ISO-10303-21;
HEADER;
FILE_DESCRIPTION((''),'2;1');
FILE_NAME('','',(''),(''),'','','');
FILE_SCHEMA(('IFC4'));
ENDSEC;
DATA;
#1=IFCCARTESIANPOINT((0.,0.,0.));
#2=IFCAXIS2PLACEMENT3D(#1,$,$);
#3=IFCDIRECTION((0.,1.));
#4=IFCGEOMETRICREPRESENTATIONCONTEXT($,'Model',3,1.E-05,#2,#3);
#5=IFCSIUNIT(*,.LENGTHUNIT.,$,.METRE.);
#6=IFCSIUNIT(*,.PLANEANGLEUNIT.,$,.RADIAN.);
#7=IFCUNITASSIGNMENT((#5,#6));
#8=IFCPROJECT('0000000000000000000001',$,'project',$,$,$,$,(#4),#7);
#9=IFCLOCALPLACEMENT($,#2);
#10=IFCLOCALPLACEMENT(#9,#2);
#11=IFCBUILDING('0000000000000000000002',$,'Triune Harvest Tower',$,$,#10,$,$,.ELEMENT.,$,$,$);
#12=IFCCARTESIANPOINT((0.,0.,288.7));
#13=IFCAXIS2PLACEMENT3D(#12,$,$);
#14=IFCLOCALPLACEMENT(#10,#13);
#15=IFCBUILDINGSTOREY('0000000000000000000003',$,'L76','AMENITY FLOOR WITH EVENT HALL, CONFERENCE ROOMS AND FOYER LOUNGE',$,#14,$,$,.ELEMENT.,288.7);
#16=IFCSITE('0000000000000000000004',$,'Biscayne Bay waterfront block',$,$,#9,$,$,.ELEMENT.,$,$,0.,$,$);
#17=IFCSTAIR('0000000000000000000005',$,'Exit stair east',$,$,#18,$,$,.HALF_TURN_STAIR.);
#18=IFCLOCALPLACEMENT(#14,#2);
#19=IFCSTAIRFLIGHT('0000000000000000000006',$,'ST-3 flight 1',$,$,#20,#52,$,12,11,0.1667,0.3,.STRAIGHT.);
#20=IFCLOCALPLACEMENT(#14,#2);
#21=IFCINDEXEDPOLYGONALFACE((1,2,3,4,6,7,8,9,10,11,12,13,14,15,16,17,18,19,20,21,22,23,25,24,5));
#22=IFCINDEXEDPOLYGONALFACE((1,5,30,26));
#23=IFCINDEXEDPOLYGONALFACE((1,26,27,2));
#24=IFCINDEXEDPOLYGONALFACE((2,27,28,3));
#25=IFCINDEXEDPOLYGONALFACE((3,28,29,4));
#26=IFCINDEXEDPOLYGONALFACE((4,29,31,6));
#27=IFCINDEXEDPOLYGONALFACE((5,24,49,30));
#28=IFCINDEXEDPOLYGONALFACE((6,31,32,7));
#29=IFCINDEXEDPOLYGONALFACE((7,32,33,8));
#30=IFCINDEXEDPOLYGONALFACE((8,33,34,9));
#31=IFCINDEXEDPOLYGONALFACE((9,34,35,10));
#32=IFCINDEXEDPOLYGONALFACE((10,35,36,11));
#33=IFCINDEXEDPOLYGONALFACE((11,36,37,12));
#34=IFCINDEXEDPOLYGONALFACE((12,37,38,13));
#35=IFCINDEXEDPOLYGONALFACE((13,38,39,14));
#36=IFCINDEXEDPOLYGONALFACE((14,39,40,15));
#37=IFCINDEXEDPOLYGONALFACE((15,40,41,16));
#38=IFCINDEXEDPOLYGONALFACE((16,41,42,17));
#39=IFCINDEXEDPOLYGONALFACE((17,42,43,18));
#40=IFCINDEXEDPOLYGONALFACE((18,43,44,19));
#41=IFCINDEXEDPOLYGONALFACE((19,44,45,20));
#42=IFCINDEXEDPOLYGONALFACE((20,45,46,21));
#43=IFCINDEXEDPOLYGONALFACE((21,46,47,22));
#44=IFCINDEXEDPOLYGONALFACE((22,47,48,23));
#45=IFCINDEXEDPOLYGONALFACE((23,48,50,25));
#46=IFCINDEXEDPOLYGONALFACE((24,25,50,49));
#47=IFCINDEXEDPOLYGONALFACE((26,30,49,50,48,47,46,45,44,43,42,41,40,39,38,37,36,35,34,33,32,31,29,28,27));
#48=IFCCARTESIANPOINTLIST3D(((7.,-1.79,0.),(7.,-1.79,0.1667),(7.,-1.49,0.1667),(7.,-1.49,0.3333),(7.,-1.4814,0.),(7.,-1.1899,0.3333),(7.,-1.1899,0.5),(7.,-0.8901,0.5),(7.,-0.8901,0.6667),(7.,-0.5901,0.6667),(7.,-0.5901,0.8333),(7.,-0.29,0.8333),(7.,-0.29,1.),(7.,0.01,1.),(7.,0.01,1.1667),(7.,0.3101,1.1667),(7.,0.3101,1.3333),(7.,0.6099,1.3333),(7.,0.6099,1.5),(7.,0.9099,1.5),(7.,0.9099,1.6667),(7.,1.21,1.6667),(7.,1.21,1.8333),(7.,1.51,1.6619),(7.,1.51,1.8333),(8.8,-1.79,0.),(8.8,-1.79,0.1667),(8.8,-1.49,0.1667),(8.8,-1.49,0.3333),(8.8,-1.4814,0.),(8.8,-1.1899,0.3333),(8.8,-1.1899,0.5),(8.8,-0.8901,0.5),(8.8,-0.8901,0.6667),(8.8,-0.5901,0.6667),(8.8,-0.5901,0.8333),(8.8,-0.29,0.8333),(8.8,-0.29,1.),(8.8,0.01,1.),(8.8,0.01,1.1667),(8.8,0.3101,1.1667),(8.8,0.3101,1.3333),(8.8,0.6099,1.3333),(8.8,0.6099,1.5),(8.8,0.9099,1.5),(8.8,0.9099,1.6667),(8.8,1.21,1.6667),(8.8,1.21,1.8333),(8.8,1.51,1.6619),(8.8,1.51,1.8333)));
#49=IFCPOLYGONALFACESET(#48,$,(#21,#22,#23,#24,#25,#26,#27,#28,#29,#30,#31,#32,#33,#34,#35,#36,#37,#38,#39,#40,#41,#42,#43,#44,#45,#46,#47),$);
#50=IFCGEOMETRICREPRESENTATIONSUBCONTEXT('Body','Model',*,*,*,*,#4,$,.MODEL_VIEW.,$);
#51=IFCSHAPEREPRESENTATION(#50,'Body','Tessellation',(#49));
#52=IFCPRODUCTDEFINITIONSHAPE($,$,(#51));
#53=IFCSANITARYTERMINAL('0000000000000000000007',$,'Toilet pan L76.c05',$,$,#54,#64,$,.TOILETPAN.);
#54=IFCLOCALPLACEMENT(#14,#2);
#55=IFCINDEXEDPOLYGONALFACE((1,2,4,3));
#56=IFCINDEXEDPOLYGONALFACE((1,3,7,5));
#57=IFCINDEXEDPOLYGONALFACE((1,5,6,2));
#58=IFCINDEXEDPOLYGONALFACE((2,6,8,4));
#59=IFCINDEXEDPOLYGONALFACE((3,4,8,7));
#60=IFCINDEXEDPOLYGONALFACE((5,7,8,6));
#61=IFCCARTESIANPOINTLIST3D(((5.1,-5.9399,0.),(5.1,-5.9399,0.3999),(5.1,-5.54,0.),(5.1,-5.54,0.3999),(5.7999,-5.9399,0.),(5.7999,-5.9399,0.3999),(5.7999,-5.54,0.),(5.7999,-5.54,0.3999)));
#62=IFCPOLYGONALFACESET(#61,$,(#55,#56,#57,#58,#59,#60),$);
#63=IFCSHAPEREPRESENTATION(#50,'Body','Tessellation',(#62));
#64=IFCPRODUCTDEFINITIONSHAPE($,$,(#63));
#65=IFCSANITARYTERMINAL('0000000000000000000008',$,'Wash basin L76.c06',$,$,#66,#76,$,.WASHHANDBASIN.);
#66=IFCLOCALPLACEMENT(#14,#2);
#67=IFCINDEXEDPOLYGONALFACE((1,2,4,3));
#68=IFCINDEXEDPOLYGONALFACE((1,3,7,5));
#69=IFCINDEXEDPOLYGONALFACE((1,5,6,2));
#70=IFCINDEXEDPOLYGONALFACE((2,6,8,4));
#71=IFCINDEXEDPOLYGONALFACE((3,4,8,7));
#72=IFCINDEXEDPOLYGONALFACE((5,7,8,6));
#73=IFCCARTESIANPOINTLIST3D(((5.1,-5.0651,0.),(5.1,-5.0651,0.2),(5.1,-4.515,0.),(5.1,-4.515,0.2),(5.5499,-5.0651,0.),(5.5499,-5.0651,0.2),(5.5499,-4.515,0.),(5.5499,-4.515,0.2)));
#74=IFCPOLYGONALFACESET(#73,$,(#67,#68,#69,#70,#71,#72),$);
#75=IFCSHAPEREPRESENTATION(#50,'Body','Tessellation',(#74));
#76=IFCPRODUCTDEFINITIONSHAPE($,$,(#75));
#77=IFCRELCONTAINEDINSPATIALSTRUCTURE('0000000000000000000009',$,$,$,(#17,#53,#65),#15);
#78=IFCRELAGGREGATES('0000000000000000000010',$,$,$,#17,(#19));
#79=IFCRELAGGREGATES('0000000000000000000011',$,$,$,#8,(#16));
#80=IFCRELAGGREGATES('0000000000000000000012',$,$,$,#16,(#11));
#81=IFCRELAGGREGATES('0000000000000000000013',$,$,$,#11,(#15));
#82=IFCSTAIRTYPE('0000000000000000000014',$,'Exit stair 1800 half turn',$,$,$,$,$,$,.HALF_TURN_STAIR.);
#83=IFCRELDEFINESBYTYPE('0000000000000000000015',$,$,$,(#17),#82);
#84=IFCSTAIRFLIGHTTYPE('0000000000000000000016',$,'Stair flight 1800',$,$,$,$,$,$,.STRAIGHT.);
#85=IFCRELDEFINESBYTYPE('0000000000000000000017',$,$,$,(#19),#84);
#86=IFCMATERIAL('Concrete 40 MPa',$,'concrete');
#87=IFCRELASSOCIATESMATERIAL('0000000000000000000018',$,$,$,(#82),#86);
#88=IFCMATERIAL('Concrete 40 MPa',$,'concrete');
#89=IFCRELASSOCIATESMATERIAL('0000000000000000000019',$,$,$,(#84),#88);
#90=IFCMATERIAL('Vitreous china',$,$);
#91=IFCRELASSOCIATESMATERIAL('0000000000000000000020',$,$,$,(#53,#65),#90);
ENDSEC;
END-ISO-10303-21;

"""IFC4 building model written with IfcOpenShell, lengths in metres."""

from ifc_helpers import new_model, si_unit, direction, frame, origin, origin_2d, place, context, subcontext, project, spatial, polyline, rectangle, outline, extrude, source, transform, mapped, material, type_object, element, aggregate, save


model = new_model("IFC4")

# Units and contexts
model_context = context("Model", 3, precision=1e-05, world=origin(), true_north=direction((0.0, 1.0)))
body_context = subcontext(model_context, "Body", "Model", "MODEL_VIEW")
ifc_project = project(units=[si_unit("LENGTHUNIT", "METRE"), si_unit("PLANEANGLEUNIT", "RADIAN")], contexts=[model_context])

# Site, building, storey
site_placement = place(None, origin())
site = spatial("IfcSite", under=ifc_project, at=site_placement, Name="Biscayne Bay waterfront block", CompositionType="ELEMENT", RefElevation=0.0)
building_placement = place(site_placement, origin())
building = spatial("IfcBuilding", under=site, at=building_placement, Name="Triune Harvest Tower", CompositionType="ELEMENT")
storey_placement = place(building_placement, frame((0.0, 0.0, 288.7)))
storey = spatial("IfcBuildingStorey", under=building, at=storey_placement, Name="L76", Description="AMENITY FLOOR WITH EVENT HALL, CONFERENCE ROOMS AND FOYER LOUNGE", CompositionType="ELEMENT", Elevation=288.7)

# Stair, stair flight
ifc_material_1 = material(Name="Concrete 40 MPa", Category="concrete")
stair_type = type_object("IfcStairType", Name="Exit stair 1800 half turn", PredefinedType="HALF_TURN_STAIR", material=ifc_material_1)
ifc_material_2 = material(Name="Concrete 40 MPa", Category="concrete")
stair_flight_type = type_object("IfcStairFlightType", Name="Stair flight 1800", PredefinedType="STRAIGHT", material=ifc_material_2)
shared_shape_1 = source(origin(), body_context, "Body", "SweptSolid", [
    extrude(outline(polyline([(0.0, 0.0), (0.0, 0.1667), (0.3, 0.1667), (0.3, 0.3333), (0.6001, 0.3333), (0.6001, 0.5), (0.8999, 0.5), (0.8999, 0.6667), (1.2, 0.6667), (1.2, 0.8333), (1.5, 0.8333), (1.5, 1.0), (1.8, 1.0), (1.8, 1.1667), (2.1001, 1.1667), (2.1001, 1.3333), (2.3999, 1.3333), (2.3999, 1.5), (2.7, 1.5), (2.7, 1.6667), (3.0, 1.6667), (3.0, 1.8333), (3.3, 1.8333), (3.3, 2.0), (3.3, 1.6619), (0.3086, 0.0), (0.0, 0.0)])), frame((0.0, 0.8999, 0.0), z_axis=(0.0, -1.0, 0.0), x_axis=(1.0, 0.0, 0.0)), (0.0, 0.0, 1.0), 1.8),
])
stair_1_placement = place(storey_placement, origin())
stair_1 = element("IfcStair", 1, at=stair_1_placement, inside=storey, type_object=stair_type, Name="Exit stair east", PredefinedType="HALF_TURN_STAIR")
stair_flight_1_placement = place(storey_placement, frame((7.8999, -1.79, 0.0), z_axis=(0.0, 0.0, 1.0), x_axis=(0.0, 1.0, 0.0)))
stair_flight_1 = element("IfcStairFlight", 2, at=stair_flight_1_placement, type_object=stair_flight_type, Name="ST-3 flight 1", NumberOfRisers=12, NumberOfTreads=11, PredefinedType="STRAIGHT", RiserHeight=0.1667, TreadLength=0.3, context=body_context, shape_type="MappedRepresentation", body=[
    mapped(shared_shape_1, transform((0.0, 0.0, 0.0), scale=1.0)),
])
aggregate(stair_1, [stair_flight_1])

# Sanitary terminals
ifc_material_3 = material(Name="Vitreous china")
shared_shape_2 = source(origin(), body_context, "Body", "SweptSolid", [
    extrude(rectangle(XDim=0.3999, YDim=0.7, at=origin_2d()), origin(), (0.0, 0.0, 1.0), 0.3999),
])
sanitary_terminal_1_placement = place(storey_placement, frame((5.45, -5.74, 0.0), z_axis=(0.0, 0.0, 1.0), x_axis=(0.0, 1.0, 0.0)))
element("IfcSanitaryTerminal", 3, at=sanitary_terminal_1_placement, inside=storey, material=ifc_material_3, Name="Toilet pan L76.c05", PredefinedType="TOILETPAN", context=body_context, shape_type="MappedRepresentation", body=[
    mapped(shared_shape_2, transform((0.0, 0.0, 0.0), scale=1.0)),
])
shared_shape_3 = source(origin(), body_context, "Body", "SweptSolid", [
    extrude(rectangle(XDim=0.55, YDim=0.45, at=origin_2d()), origin(), (0.0, 0.0, 1.0), 0.2),
])
sanitary_terminal_2_placement = place(storey_placement, frame((5.325, -4.79, 0.0), z_axis=(0.0, 0.0, 1.0), x_axis=(0.0, 1.0, 0.0)))
element("IfcSanitaryTerminal", 4, at=sanitary_terminal_2_placement, inside=storey, material=ifc_material_3, Name="Wash basin L76.c06", PredefinedType="WASHHANDBASIN", context=body_context, shape_type="MappedRepresentation", body=[
    mapped(shared_shape_3, transform((0.0, 0.0, 0.0), scale=1.0)),
])

save(model, "model.ifc")
